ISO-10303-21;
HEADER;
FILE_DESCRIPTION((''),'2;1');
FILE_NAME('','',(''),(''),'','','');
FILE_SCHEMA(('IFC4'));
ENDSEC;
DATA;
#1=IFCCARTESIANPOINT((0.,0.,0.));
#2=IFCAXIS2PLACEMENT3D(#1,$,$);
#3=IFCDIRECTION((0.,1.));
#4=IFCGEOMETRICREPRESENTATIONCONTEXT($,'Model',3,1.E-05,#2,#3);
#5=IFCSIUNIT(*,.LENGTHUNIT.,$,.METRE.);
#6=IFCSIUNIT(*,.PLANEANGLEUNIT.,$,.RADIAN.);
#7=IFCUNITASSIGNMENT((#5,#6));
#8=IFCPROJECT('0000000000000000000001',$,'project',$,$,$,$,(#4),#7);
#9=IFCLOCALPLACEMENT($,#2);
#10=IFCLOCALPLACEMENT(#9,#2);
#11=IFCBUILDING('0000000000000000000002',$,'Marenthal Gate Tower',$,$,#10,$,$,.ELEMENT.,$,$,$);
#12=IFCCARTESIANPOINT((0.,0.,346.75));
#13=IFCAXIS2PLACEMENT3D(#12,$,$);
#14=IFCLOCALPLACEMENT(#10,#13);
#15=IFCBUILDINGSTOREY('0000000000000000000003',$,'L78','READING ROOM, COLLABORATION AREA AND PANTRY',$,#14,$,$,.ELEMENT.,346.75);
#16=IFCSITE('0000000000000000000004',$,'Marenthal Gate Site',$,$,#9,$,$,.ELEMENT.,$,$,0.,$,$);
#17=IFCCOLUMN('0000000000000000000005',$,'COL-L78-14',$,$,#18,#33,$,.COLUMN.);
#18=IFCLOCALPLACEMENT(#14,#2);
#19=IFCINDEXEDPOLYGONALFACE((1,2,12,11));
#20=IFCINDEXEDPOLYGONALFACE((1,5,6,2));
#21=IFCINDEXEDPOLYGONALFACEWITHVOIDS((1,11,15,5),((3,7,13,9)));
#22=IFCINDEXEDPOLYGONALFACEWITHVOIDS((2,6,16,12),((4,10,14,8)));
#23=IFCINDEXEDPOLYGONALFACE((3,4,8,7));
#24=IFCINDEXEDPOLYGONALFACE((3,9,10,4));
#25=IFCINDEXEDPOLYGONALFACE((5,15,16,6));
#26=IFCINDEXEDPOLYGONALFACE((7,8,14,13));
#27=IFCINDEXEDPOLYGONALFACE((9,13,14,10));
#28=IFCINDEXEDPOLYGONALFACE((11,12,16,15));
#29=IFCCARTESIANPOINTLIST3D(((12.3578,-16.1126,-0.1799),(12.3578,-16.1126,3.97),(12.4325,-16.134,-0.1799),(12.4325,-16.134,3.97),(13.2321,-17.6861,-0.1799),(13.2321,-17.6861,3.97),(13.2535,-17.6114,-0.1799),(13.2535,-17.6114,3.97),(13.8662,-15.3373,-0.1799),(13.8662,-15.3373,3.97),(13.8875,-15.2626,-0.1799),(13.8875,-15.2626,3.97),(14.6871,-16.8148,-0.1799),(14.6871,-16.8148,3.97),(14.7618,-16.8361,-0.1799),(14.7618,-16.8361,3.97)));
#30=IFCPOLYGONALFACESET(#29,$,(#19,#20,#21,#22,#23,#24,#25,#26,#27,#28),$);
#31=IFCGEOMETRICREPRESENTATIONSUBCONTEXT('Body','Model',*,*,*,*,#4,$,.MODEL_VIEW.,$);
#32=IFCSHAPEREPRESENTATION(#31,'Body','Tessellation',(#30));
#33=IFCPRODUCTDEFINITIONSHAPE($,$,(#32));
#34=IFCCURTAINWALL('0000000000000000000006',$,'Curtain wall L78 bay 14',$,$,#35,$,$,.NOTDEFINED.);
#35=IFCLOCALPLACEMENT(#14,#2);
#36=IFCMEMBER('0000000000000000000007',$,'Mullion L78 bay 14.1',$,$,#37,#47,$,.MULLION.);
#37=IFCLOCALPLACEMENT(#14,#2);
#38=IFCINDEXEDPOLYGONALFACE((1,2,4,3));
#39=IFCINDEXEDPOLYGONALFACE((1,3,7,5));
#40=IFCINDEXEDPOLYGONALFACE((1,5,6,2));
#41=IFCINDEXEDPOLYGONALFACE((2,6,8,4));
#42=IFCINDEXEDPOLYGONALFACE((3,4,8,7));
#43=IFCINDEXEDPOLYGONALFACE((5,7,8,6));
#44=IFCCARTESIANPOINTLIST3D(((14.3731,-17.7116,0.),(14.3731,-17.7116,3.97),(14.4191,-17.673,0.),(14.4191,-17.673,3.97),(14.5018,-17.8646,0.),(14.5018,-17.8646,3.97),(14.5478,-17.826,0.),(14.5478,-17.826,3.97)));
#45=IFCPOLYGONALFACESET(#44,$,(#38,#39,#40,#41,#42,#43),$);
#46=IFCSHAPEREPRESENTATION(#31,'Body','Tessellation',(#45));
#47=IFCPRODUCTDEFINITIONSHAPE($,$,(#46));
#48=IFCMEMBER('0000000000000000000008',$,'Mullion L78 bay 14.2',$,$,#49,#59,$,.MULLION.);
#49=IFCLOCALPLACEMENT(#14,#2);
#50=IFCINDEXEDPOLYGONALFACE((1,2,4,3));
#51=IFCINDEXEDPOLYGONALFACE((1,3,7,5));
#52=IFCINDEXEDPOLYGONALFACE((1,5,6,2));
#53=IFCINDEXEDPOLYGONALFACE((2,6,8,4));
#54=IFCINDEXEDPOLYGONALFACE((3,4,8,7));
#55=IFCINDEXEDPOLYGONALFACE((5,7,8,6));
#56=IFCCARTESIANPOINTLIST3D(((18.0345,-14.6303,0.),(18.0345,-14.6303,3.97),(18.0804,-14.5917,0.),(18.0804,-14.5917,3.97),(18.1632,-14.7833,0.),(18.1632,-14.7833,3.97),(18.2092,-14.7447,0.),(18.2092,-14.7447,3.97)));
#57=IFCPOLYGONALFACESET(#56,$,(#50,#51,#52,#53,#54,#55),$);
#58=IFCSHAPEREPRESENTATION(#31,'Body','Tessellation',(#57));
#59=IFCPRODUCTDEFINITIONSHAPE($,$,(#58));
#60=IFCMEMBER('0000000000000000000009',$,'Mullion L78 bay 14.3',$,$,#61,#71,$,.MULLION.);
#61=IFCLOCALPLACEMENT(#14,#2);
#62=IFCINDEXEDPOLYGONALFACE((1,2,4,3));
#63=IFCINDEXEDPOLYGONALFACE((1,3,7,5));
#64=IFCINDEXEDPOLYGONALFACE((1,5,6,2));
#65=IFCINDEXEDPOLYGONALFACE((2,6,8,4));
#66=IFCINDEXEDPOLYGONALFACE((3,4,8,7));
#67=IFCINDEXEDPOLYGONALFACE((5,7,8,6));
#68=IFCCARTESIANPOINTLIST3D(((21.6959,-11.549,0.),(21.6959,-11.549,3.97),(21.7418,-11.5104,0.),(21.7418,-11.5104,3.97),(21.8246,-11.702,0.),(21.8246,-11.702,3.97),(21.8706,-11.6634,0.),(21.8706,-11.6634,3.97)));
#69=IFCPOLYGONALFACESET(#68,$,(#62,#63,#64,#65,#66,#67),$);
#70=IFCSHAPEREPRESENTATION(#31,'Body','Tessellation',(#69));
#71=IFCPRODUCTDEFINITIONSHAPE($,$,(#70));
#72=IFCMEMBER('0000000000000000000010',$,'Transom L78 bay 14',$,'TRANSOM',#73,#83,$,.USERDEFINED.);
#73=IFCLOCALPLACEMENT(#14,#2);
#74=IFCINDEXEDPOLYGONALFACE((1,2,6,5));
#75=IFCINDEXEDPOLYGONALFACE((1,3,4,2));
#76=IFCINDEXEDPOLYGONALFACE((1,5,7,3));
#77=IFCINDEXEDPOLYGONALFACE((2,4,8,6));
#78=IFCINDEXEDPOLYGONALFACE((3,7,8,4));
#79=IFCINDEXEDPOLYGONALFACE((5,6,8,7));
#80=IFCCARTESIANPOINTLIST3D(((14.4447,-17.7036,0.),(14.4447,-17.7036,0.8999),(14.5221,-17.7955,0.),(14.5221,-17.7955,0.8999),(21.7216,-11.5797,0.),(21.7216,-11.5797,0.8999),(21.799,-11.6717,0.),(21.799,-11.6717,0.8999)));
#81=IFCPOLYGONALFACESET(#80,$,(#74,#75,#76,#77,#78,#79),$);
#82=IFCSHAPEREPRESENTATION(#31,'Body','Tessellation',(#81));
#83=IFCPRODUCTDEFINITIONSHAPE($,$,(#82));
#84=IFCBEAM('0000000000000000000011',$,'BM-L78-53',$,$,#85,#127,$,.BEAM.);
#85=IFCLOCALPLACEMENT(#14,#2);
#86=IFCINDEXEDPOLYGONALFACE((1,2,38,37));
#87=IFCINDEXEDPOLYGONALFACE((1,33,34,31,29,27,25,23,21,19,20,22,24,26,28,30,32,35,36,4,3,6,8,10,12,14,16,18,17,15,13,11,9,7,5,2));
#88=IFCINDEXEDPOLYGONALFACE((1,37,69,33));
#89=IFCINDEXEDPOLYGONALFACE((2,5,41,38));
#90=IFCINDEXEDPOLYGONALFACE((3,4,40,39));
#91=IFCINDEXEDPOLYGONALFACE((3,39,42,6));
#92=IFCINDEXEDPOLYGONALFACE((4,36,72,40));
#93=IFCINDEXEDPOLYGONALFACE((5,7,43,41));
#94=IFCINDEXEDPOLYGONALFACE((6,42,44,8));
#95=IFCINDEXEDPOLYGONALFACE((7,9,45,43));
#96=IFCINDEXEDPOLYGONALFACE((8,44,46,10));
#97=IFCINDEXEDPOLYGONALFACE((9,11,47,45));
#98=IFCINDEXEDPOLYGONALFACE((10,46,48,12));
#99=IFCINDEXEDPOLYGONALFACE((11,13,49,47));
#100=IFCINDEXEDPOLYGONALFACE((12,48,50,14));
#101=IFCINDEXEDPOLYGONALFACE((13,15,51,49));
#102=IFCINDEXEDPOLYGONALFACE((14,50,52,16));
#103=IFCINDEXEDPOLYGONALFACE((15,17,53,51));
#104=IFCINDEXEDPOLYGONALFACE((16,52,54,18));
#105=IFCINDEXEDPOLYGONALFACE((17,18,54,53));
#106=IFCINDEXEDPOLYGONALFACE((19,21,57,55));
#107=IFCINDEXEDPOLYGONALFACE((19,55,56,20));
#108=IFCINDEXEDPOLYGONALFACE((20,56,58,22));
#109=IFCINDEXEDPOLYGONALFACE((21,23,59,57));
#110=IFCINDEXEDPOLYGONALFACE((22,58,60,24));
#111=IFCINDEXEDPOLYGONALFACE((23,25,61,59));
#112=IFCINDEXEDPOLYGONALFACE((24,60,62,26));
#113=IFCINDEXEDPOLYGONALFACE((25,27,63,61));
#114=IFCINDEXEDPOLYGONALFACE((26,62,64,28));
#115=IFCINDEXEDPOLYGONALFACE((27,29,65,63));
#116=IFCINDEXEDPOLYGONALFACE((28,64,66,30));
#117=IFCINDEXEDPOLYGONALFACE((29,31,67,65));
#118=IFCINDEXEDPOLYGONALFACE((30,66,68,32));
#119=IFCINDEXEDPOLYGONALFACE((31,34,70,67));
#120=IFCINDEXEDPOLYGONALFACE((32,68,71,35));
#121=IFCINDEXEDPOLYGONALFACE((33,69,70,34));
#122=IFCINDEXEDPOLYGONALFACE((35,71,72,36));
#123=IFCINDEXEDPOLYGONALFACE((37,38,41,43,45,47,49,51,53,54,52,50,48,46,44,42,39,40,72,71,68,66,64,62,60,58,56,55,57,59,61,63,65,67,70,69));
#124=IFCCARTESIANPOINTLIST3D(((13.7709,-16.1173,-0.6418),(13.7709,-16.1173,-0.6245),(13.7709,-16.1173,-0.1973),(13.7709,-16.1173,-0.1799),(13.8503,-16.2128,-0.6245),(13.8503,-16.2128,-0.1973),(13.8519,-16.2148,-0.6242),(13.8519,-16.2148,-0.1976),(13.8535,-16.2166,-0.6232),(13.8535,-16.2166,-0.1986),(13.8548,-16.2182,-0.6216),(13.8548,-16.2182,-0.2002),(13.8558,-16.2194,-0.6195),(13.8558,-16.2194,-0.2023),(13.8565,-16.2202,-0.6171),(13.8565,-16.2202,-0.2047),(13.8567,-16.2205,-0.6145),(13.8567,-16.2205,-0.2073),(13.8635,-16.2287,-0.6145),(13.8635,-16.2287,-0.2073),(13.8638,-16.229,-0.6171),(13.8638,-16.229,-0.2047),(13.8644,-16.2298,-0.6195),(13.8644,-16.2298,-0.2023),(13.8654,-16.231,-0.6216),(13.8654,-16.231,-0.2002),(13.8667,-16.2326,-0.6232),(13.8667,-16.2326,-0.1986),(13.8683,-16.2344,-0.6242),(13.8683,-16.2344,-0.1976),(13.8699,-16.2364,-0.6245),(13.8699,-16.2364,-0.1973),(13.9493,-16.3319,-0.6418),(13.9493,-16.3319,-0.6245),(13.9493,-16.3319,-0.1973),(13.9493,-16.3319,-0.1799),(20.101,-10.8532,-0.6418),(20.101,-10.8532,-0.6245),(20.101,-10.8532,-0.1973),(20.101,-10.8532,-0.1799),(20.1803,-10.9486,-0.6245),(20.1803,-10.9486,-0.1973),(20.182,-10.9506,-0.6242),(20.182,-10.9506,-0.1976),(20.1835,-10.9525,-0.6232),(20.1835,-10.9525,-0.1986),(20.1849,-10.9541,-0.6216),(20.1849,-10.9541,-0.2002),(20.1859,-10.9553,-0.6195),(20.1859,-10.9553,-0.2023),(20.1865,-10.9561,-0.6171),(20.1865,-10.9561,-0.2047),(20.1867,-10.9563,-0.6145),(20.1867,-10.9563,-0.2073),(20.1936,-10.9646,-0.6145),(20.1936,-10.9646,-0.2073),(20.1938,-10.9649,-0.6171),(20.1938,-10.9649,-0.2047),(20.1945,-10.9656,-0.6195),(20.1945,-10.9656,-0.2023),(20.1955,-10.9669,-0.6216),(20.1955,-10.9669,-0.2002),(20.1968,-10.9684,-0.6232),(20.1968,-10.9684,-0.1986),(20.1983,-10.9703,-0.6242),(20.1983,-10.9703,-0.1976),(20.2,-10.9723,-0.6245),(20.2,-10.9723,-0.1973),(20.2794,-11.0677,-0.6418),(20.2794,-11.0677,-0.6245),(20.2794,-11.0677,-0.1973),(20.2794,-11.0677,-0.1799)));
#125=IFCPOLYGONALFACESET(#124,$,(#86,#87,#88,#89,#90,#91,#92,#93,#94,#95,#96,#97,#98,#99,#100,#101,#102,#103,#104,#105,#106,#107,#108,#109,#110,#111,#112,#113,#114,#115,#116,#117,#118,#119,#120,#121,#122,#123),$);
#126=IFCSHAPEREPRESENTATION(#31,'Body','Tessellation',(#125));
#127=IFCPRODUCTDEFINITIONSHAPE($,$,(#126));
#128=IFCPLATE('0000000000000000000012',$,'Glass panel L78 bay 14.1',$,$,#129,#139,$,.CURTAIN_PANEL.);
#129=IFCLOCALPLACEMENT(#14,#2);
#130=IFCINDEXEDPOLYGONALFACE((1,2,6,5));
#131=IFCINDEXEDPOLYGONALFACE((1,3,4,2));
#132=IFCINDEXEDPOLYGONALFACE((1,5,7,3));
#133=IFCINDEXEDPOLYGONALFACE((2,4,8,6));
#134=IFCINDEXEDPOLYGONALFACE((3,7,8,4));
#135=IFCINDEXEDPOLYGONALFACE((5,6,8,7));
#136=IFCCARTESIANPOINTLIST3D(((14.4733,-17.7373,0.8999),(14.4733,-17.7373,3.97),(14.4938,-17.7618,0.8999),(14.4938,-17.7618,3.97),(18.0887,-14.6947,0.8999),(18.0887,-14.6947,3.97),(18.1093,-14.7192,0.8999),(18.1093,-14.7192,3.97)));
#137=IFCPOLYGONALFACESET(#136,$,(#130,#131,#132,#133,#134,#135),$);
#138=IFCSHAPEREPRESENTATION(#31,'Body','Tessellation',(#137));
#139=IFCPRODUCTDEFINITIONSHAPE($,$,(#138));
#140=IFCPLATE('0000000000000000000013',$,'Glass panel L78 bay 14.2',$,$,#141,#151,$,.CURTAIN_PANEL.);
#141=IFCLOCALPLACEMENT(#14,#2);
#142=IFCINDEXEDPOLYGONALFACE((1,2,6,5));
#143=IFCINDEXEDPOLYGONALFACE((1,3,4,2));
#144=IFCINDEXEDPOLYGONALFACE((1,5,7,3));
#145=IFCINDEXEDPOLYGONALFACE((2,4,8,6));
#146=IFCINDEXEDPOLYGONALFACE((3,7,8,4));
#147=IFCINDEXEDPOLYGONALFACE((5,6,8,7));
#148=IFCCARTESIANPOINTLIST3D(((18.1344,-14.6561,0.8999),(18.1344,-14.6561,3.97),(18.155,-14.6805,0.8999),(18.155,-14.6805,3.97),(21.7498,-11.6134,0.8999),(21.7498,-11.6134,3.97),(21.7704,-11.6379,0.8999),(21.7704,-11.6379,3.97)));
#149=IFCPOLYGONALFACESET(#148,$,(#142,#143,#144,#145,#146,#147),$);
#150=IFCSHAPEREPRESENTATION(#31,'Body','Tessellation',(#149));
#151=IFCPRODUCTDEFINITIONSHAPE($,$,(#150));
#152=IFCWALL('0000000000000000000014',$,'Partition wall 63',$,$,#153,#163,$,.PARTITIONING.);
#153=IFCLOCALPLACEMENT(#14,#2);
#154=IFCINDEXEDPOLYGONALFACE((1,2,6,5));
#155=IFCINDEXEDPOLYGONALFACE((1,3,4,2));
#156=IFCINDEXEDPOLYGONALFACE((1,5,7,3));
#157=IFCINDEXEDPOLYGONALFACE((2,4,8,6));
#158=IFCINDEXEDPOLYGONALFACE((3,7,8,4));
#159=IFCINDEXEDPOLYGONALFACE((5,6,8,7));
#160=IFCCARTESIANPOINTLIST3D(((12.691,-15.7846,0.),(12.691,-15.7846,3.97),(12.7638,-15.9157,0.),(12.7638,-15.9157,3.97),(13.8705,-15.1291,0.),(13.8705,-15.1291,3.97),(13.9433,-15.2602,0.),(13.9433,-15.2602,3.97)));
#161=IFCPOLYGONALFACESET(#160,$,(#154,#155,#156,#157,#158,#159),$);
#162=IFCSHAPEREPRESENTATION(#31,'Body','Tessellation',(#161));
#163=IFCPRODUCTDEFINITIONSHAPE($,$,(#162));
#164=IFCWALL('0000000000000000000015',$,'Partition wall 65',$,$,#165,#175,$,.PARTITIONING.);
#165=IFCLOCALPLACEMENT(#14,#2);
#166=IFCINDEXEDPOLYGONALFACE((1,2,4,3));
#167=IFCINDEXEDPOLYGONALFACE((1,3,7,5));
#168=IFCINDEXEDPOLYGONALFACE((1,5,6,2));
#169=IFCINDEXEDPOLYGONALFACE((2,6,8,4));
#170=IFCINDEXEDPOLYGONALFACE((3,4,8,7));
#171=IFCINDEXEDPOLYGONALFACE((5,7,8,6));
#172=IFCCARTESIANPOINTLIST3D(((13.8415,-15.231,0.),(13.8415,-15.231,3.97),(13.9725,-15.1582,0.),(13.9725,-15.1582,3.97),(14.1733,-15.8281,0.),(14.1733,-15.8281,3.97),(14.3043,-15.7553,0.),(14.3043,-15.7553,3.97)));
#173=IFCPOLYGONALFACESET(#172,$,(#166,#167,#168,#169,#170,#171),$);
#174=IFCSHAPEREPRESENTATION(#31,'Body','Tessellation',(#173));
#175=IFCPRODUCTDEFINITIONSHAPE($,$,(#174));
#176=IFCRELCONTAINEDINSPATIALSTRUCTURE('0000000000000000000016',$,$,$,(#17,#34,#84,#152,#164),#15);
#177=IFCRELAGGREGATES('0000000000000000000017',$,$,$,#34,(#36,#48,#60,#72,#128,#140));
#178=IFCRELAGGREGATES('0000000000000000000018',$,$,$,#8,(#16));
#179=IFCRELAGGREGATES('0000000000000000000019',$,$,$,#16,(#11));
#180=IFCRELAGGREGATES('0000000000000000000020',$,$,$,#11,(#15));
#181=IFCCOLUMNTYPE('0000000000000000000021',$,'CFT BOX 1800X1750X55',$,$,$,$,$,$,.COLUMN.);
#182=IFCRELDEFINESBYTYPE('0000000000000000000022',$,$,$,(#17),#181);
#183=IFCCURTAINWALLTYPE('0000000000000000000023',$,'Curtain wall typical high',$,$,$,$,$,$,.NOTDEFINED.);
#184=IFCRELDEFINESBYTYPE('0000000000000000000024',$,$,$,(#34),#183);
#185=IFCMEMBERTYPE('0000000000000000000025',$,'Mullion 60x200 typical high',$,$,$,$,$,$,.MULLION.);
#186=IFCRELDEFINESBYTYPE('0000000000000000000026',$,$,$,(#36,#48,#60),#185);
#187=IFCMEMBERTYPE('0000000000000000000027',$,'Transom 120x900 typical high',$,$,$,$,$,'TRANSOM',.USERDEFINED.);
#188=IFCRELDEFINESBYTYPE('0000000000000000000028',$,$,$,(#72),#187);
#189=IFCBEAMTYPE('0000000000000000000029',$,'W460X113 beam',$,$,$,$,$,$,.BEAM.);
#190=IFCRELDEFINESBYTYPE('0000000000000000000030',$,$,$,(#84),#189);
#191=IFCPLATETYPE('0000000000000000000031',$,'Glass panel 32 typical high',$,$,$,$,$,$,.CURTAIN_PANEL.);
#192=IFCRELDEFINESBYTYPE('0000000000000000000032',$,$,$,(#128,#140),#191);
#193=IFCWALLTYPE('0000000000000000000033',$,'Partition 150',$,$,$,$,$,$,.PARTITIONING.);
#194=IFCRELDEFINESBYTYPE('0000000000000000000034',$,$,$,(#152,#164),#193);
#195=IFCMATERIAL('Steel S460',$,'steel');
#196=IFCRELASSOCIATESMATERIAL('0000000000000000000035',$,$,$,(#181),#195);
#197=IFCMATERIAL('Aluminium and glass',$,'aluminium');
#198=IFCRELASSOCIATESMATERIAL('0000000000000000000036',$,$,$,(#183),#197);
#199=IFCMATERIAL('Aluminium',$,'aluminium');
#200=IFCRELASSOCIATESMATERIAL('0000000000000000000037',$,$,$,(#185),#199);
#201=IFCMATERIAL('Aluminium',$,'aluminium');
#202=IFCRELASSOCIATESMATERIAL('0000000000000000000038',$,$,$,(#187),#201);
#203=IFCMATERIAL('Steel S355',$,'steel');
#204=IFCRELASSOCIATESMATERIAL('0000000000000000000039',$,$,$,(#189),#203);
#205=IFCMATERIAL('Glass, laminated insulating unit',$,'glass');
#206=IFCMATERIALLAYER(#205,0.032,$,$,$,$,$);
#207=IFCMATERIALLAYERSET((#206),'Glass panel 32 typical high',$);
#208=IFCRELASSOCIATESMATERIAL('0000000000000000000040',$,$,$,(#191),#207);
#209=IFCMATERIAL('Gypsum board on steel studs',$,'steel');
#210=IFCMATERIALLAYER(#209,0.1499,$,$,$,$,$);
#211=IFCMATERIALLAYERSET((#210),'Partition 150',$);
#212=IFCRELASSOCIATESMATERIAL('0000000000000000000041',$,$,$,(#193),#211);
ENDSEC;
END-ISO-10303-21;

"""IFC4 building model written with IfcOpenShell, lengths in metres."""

from ifc_helpers import new_model, si_unit, direction, frame, frame_2d, origin, origin_2d, place, context, subcontext, project, spatial, rectangle, hollow_rectangle, i_section, extrude, material, layer, layer_set, material_profile, profile_set, type_object, element, aggregate, save


model = new_model("IFC4")

# Units and contexts
model_context = context("Model", 3, precision=1e-05, world=origin(), true_north=direction((0.0, 1.0)))
body_context = subcontext(model_context, "Body", "Model", "MODEL_VIEW")
ifc_project = project(units=[si_unit("LENGTHUNIT", "METRE"), si_unit("PLANEANGLEUNIT", "RADIAN")], contexts=[model_context])

# Site, building, storey
site_placement = place(None, origin())
site = spatial("IfcSite", under=ifc_project, at=site_placement, Name="Marenthal Gate Site", CompositionType="ELEMENT", RefElevation=0.0)
building_placement = place(site_placement, origin())
building = spatial("IfcBuilding", under=site, at=building_placement, Name="Marenthal Gate Tower", CompositionType="ELEMENT")
storey_placement = place(building_placement, frame((0.0, 0.0, 346.75)))
storey = spatial("IfcBuildingStorey", under=building, at=storey_placement, Name="L78", Description="READING ROOM, COLLABORATION AREA AND PANTRY", CompositionType="ELEMENT", Elevation=346.75)

# Column
ifc_material_1 = material(Name="Steel S460", Category="steel")
ifc_material_profile_1 = material_profile(ifc_material_1, hollow_rectangle(XDim=1.75, YDim=1.8, WallThickness=0.0549, at=origin_2d()), Name="CFT BOX 1800X1750X55")
ifc_material_2 = material(Name="Concrete 70 MPa", Category="concrete")
ifc_material_profile_2 = material_profile(ifc_material_2, rectangle(XDim=1.6399, YDim=1.6899, at=origin_2d()), Name="CFT BOX 1800X1750X55 INFILL")
ifc_profile_set_1 = profile_set([ifc_material_profile_1, ifc_material_profile_2], Name="Steel S460 shell, Concrete 70 MPa infill")
column_type = type_object("IfcColumnType", Name="CFT BOX 1800X1750X55", PredefinedType="COLUMN", material=ifc_profile_set_1)
column_placement = place(storey_placement, frame((13.5598, -16.4744, -0.1799), z_axis=(0.0, 0.0, 1.0), x_axis=(-0.874116, -0.485718, 0.0)))
element("IfcColumn", 1, at=column_placement, inside=storey, type_object=column_type, Name="COL-L78-14", PredefinedType="COLUMN", context=body_context, shape_type="SweptSolid", body=[
    extrude(hollow_rectangle(XDim=1.75, YDim=1.8, WallThickness=0.0549, at=origin_2d()), origin(), (0.0, 0.0, 1.0), 4.1499),
])

# Curtain wall, members
ifc_material_3 = material(Name="Aluminium and glass", Category="aluminium")
curtain_wall_type = type_object("IfcCurtainWallType", Name="Curtain wall typical high", PredefinedType="NOTDEFINED", material=ifc_material_3)
curtain_wall_placement = place(storey_placement, origin())
curtain_wall = element("IfcCurtainWall", 2, at=curtain_wall_placement, inside=storey, type_object=curtain_wall_type, Name="Curtain wall L78 bay 14", PredefinedType="NOTDEFINED")
ifc_material_4 = material(Name="Aluminium", Category="aluminium")
ifc_material_profile_3 = material_profile(ifc_material_4, rectangle(XDim=0.2, YDim=0.0601, at=origin_2d()), Name="60x200 aluminium mullion")
ifc_profile_set_2 = profile_set([ifc_material_profile_3], Name="Aluminium")
member_type_1 = type_object("IfcMemberType", Name="Mullion 60x200 typical high", PredefinedType="MULLION", material=ifc_profile_set_2)
member_1_placement = place(storey_placement, frame((14.4604, -17.7688, 0.0), z_axis=(0.0, 0.0, 1.0), x_axis=(-0.643896, 0.765113, 0.0)))
member_1 = element("IfcMember", 3, at=member_1_placement, type_object=member_type_1, Name="Mullion L78 bay 14.1", PredefinedType="MULLION", context=body_context, shape_type="SweptSolid", body=[
    extrude(rectangle(XDim=0.2, YDim=0.0601, at=origin_2d()), origin(), (0.0, 0.0, 1.0), 3.97),
])
member_2_placement = place(storey_placement, frame((18.1218, -14.6875, 0.0), z_axis=(0.0, 0.0, 1.0), x_axis=(-0.643896, 0.765113, 0.0)))
member_2 = element("IfcMember", 4, at=member_2_placement, type_object=member_type_1, Name="Mullion L78 bay 14.2", PredefinedType="MULLION", context=body_context, shape_type="SweptSolid", body=[
    extrude(rectangle(XDim=0.2, YDim=0.0601, at=origin_2d()), origin(), (0.0, 0.0, 1.0), 3.97),
])
member_3_placement = place(storey_placement, frame((21.7832, -11.6062, 0.0), z_axis=(0.0, 0.0, 1.0), x_axis=(-0.643896, 0.765113, 0.0)))
member_3 = element("IfcMember", 5, at=member_3_placement, type_object=member_type_1, Name="Mullion L78 bay 14.3", PredefinedType="MULLION", context=body_context, shape_type="SweptSolid", body=[
    extrude(rectangle(XDim=0.2, YDim=0.0601, at=origin_2d()), origin(), (0.0, 0.0, 1.0), 3.97),
])
ifc_material_5 = material(Name="Aluminium", Category="aluminium")
ifc_material_profile_4 = material_profile(ifc_material_5, rectangle(XDim=0.1201, YDim=0.8999, at=origin_2d()), Name="120x900 aluminium transom")
ifc_profile_set_3 = profile_set([ifc_material_profile_4], Name="Aluminium")
member_type_2 = type_object("IfcMemberType", Name="Transom 120x900 typical high", ElementType="TRANSOM", PredefinedType="USERDEFINED", material=ifc_profile_set_3)
member_4_placement = place(storey_placement, frame((14.4834, -17.7495, 0.45), z_axis=(0.765124, 0.643884, 0.0), x_axis=(-0.643884, 0.765124, 0.0)))
member_4 = element("IfcMember", 6, at=member_4_placement, type_object=member_type_2, Name="Transom L78 bay 14", ObjectType="TRANSOM", PredefinedType="USERDEFINED", context=body_context, shape_type="SweptSolid", body=[
    extrude(rectangle(XDim=0.1201, YDim=0.8999, at=origin_2d()), origin(), (0.0, 0.0, 1.0), 9.5107),
])

# Beam
ifc_material_6 = material(Name="Steel S355", Category="steel")
ifc_material_profile_5 = material_profile(ifc_material_6, i_section(OverallWidth=0.2791, OverallDepth=0.4619, WebThickness=0.0107, FlangeThickness=0.0173, FilletRadius=0.01, at=origin_2d()), Name="W460X113")
ifc_profile_set_4 = profile_set([ifc_material_profile_5], Name="Steel S355")
beam_type = type_object("IfcBeamType", Name="W460X113 beam", PredefinedType="BEAM", material=ifc_profile_set_4)
beam_placement = place(storey_placement, frame((13.8601, -16.2246, -0.4109), z_axis=(0.768872, 0.639402, 0.0), x_axis=(-0.639402, 0.768872, 0.0)))
element("IfcBeam", 7, at=beam_placement, inside=storey, type_object=beam_type, Name="BM-L78-53", PredefinedType="BEAM", context=body_context, shape_type="SweptSolid", body=[
    extrude(i_section(OverallWidth=0.2791, OverallDepth=0.4619, WebThickness=0.0107, FlangeThickness=0.0173, FilletRadius=0.01, at=origin_2d()), origin(), (0.0, 0.0, 1.0), 8.2329),
])

# Plates
ifc_material_7 = material(Name="Glass, laminated insulating unit", Category="glass")
ifc_layer_1 = layer(ifc_material_7, 0.032)
ifc_layer_set_1 = layer_set([ifc_layer_1], Name="Glass panel 32 typical high")
plate_type = type_object("IfcPlateType", Name="Glass panel 32 typical high", PredefinedType="CURTAIN_PANEL", material=ifc_layer_set_1)
plate_1_placement = place(storey_placement, frame((16.2913, -16.2283, 0.8999), z_axis=(0.0, 0.0, 1.0), x_axis=(0.765113, 0.643896, 0.0)))
plate_1 = element("IfcPlate", 8, at=plate_1_placement, type_object=plate_type, Name="Glass panel L78 bay 14.1", PredefinedType="CURTAIN_PANEL", context=body_context, shape_type="SweptSolid", body=[
    extrude(rectangle(XDim=4.7253, YDim=0.032, at=origin_2d()), origin(), (0.0, 0.0, 1.0), 3.0701),
])
plate_2_placement = place(storey_placement, frame((19.9524, -13.147, 0.8999), z_axis=(0.0, 0.0, 1.0), x_axis=(0.765113, 0.643896, 0.0)))
plate_2 = element("IfcPlate", 9, at=plate_2_placement, type_object=plate_type, Name="Glass panel L78 bay 14.2", PredefinedType="CURTAIN_PANEL", context=body_context, shape_type="SweptSolid", body=[
    extrude(rectangle(XDim=4.7253, YDim=0.032, at=origin_2d()), origin(), (0.0, 0.0, 1.0), 3.0701),
])
aggregate(curtain_wall, [member_1, member_2, member_3, member_4, plate_1, plate_2])

# Walls
ifc_material_8 = material(Name="Gypsum board on steel studs", Category="steel")
ifc_layer_2 = layer(ifc_material_8, 0.1499)
ifc_layer_set_2 = layer_set([ifc_layer_2], Name="Partition 150")
wall_type_1 = type_object("IfcWallType", Name="Partition 150", PredefinedType="PARTITIONING", material=ifc_layer_set_2)
wall_1_placement = place(storey_placement, frame((13.907, -15.1946, 0.0), z_axis=(0.0, 0.0, 1.0), x_axis=(-0.874072, -0.485797, 0.0)))
element("IfcWall", 10, at=wall_1_placement, inside=storey, type_object=wall_type_1, Name="Partition wall 63", PredefinedType="PARTITIONING", context=body_context, shape_type="SweptSolid", body=[
    extrude(rectangle(XDim=1.3494, YDim=0.1499, at=frame_2d((0.6748, 0.0))), origin(), (0.0, 0.0, 1.0), 3.97),
])
wall_2_placement = place(storey_placement, frame((14.2388, -15.7917, 0.0), z_axis=(0.0, 0.0, 1.0), x_axis=(-0.485673, 0.87414, 0.0)))
element("IfcWall", 11, at=wall_2_placement, inside=storey, type_object=wall_type_1, Name="Partition wall 65", PredefinedType="PARTITIONING", context=body_context, shape_type="SweptSolid", body=[
    extrude(rectangle(XDim=0.6831, YDim=0.1499, at=frame_2d((0.3416, 0.0))), origin(), (0.0, 0.0, 1.0), 3.97),
])

save(model, "model.ifc")
